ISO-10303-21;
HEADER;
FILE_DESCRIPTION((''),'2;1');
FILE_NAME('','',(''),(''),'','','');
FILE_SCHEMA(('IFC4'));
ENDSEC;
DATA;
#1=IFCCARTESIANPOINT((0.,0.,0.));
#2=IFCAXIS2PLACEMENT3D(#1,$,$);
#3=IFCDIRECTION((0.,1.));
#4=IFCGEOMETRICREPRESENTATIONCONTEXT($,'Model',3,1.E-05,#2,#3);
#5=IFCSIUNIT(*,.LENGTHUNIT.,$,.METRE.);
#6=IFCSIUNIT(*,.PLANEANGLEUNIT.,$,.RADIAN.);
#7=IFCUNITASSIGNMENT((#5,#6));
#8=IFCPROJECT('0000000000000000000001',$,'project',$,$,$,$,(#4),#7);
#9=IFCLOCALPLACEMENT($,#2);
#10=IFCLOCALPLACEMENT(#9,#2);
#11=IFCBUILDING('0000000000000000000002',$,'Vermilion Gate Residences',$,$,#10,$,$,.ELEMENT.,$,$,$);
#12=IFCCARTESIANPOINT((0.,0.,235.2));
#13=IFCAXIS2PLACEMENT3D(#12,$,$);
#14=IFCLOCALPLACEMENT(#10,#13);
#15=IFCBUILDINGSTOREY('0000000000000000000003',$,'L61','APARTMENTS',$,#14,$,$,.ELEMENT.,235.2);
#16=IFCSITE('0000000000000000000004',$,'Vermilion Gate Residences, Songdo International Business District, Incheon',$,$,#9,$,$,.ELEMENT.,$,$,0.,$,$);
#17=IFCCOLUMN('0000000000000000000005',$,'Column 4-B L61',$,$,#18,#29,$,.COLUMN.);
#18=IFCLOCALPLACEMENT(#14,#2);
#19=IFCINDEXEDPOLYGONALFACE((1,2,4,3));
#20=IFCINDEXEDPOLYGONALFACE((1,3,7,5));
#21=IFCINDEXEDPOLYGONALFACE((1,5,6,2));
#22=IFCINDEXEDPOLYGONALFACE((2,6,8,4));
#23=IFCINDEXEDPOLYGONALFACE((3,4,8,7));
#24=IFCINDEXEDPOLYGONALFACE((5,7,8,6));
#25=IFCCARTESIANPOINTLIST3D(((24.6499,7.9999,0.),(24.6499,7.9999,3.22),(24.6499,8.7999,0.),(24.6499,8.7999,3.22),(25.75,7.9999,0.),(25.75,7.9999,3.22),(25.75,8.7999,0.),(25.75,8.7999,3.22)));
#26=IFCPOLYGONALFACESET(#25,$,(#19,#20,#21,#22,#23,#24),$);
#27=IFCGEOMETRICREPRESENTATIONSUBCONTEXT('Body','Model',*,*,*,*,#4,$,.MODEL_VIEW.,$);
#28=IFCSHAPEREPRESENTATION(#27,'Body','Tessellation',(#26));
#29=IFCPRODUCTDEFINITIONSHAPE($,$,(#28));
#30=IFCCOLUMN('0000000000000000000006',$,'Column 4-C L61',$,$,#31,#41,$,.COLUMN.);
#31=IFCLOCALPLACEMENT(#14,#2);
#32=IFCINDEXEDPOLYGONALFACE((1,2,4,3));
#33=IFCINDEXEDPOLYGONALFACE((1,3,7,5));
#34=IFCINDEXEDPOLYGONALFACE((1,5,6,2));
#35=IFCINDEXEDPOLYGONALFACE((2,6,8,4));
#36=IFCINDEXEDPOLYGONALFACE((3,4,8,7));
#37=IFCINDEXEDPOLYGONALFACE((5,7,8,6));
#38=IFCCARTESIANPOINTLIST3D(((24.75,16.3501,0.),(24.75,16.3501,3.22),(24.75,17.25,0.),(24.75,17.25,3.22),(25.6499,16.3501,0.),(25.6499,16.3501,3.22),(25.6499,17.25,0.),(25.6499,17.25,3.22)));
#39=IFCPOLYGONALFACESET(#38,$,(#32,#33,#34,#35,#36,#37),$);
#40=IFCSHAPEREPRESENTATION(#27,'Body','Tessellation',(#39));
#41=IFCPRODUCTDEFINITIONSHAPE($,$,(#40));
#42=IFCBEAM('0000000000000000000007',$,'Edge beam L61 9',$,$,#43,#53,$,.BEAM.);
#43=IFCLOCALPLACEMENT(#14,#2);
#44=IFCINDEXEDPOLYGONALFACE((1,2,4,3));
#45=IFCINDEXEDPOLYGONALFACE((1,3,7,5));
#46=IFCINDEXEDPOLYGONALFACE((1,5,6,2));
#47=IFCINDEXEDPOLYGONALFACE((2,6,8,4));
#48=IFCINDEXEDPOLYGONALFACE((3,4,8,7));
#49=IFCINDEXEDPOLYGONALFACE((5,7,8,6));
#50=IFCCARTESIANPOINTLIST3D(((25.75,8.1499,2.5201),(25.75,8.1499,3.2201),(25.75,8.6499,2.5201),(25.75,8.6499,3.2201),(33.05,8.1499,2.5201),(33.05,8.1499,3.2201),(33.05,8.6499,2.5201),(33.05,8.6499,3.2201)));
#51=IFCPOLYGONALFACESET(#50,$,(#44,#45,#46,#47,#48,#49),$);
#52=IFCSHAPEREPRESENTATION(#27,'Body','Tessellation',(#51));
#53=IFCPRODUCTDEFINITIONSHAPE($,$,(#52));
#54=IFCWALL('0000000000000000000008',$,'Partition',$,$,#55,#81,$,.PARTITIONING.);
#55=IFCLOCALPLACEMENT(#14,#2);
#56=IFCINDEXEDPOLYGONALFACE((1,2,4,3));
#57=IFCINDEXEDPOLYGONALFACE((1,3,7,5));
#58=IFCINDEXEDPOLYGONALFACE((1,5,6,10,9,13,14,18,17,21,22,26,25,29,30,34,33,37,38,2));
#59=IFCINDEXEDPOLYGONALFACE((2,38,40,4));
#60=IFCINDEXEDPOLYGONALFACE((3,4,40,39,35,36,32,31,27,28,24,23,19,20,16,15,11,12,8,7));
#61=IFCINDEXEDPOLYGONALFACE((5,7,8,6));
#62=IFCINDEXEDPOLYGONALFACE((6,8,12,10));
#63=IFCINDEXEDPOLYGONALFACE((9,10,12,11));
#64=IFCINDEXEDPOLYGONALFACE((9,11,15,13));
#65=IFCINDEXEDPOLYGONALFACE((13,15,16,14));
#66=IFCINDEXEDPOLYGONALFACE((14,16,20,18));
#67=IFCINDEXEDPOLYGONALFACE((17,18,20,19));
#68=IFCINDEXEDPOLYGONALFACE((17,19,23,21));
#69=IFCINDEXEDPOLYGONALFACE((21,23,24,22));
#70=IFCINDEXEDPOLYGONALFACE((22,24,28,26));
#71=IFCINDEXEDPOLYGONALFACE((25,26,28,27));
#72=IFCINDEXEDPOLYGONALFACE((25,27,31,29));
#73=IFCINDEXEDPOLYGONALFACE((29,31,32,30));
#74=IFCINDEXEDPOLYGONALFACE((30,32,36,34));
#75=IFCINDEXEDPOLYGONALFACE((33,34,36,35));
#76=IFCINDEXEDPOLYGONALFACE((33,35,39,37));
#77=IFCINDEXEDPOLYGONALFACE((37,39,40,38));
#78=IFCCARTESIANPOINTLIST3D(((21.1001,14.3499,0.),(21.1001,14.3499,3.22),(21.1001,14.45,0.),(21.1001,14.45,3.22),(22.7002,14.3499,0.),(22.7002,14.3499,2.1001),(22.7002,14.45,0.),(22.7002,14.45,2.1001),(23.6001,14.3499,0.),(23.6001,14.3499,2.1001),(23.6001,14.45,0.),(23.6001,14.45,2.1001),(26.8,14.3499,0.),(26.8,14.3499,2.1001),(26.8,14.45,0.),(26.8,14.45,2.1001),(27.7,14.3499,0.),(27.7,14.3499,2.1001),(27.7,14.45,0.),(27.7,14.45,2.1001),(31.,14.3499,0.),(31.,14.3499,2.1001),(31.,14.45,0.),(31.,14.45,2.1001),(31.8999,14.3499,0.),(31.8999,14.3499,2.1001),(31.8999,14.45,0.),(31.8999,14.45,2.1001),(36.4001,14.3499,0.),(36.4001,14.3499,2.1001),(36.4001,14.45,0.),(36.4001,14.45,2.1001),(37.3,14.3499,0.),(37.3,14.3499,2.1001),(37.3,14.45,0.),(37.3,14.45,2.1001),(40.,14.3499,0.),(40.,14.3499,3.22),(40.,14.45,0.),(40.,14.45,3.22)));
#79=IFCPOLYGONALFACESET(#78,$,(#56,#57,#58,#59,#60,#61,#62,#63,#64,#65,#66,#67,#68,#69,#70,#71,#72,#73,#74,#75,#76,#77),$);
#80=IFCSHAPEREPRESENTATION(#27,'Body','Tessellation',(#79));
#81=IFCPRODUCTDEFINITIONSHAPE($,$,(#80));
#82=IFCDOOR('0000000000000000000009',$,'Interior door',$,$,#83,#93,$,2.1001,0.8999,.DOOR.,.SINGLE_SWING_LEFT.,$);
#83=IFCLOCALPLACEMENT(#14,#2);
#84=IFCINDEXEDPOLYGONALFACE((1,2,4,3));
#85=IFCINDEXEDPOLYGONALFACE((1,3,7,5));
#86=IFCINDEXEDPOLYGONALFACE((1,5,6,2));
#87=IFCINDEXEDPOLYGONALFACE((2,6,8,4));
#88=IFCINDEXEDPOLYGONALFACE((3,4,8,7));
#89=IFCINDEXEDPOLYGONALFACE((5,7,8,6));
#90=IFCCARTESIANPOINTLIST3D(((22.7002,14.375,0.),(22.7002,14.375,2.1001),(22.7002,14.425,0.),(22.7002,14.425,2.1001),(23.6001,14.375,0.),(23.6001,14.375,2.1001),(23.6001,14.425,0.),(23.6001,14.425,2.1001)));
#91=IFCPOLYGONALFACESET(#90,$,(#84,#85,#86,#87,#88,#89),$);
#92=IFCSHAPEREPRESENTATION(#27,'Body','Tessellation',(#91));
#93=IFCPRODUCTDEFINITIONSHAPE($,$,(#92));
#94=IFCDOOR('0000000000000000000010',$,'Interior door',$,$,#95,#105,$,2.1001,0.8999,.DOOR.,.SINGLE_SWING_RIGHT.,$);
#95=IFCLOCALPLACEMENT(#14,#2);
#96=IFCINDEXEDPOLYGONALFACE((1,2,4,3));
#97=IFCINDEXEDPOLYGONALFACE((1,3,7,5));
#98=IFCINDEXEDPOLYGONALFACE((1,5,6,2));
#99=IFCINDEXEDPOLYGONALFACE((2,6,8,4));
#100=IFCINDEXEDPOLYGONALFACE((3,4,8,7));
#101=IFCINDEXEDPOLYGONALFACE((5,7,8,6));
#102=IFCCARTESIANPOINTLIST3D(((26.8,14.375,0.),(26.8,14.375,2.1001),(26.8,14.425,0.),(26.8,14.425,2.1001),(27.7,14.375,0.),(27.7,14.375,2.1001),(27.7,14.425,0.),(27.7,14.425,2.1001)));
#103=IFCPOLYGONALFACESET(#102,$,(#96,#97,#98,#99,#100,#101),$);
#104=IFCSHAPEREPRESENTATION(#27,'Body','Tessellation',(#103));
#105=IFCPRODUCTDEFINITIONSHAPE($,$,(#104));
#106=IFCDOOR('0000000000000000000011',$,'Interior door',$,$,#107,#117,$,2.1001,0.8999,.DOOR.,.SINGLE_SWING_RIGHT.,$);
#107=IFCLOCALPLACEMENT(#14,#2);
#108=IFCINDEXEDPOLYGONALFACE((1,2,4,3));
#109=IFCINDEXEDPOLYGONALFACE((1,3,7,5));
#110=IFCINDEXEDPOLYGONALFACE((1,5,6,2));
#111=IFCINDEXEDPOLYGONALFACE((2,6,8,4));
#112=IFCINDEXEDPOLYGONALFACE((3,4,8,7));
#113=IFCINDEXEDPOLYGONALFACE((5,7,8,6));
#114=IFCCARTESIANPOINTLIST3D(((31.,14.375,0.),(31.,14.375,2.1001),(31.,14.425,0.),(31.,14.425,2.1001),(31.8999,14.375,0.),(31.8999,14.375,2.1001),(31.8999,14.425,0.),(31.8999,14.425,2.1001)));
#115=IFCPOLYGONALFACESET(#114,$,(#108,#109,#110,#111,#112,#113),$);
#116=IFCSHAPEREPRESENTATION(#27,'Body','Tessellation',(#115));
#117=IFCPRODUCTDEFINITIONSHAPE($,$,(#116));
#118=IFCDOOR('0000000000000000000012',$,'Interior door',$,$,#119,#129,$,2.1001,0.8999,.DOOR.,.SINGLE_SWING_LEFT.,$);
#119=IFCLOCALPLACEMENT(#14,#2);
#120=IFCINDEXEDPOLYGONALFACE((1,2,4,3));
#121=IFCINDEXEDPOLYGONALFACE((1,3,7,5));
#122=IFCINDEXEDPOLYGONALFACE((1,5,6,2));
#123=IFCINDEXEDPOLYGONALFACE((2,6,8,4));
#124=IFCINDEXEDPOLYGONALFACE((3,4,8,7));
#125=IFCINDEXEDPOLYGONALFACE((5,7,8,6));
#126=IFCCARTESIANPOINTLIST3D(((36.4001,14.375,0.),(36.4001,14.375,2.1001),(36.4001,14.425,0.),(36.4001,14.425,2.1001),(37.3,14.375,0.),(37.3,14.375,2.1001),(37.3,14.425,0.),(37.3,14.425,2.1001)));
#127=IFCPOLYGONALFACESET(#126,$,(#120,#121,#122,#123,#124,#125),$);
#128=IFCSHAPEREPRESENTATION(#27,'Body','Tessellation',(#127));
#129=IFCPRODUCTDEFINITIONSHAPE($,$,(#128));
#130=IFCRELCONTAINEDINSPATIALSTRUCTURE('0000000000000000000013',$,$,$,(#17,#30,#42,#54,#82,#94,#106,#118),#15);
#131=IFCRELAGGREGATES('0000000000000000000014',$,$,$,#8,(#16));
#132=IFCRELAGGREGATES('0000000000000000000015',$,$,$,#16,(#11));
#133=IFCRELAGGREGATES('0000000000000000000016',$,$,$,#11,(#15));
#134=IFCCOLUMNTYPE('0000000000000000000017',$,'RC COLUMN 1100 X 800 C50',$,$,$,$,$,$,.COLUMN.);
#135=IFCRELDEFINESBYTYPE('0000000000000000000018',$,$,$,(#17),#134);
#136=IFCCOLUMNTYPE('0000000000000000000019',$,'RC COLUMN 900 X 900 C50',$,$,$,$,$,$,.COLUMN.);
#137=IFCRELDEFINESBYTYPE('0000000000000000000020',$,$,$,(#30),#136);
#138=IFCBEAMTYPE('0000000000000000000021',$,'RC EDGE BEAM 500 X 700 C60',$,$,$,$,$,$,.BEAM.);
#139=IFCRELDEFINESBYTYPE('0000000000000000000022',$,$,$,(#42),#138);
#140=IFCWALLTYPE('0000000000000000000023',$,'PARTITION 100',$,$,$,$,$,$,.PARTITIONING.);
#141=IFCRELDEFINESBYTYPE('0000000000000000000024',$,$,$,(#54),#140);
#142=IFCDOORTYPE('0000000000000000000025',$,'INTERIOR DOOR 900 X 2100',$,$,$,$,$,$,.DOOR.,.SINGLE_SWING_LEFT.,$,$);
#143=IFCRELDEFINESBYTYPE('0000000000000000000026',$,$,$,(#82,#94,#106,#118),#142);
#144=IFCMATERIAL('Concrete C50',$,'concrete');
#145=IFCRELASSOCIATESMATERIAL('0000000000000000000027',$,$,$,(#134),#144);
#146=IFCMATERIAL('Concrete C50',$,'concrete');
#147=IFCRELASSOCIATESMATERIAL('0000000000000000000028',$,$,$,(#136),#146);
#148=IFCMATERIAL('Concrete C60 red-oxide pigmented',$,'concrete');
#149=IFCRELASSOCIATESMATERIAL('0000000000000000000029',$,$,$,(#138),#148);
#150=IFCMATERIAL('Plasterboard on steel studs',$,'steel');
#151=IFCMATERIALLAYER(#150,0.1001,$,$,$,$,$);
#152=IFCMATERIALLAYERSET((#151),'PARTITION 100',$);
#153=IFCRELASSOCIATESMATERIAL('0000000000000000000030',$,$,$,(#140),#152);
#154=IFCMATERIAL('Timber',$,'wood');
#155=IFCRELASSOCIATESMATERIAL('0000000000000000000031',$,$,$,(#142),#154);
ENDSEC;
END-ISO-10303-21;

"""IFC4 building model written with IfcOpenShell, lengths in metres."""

from ifc_helpers import new_model, si_unit, direction, frame, frame_2d, origin, origin_2d, place, context, subcontext, project, spatial, rectangle, extrude, material, layer, layer_set, material_profile, profile_set, type_object, element, fill, save


model = new_model("IFC4")

# Units and contexts
model_context = context("Model", 3, precision=1e-05, world=origin(), true_north=direction((0.0, 1.0)))
body_context = subcontext(model_context, "Body", "Model", "MODEL_VIEW")
ifc_project = project(units=[si_unit("LENGTHUNIT", "METRE"), si_unit("PLANEANGLEUNIT", "RADIAN")], contexts=[model_context])

# Site, building, storey
site_placement = place(None, origin())
site = spatial("IfcSite", under=ifc_project, at=site_placement, Name="Vermilion Gate Residences, Songdo International Business District, Incheon", CompositionType="ELEMENT", RefElevation=0.0)
building_placement = place(site_placement, origin())
building = spatial("IfcBuilding", under=site, at=building_placement, Name="Vermilion Gate Residences", CompositionType="ELEMENT")
storey_placement = place(building_placement, frame((0.0, 0.0, 235.2)))
storey = spatial("IfcBuildingStorey", under=building, at=storey_placement, Name="L61", Description="APARTMENTS", CompositionType="ELEMENT", Elevation=235.2)

# Columns
ifc_material_1 = material(Name="Concrete C50", Category="concrete")
ifc_material_profile_1 = material_profile(ifc_material_1, rectangle(XDim=1.1001, YDim=0.8, at=origin_2d()), Name="RC-1100x800")
ifc_profile_set_1 = profile_set([ifc_material_profile_1], Name="Concrete C50")
column_type_1 = type_object("IfcColumnType", Name="RC COLUMN 1100 X 800 C50", PredefinedType="COLUMN", material=ifc_profile_set_1)
column_1_placement = place(storey_placement, frame((25.2, 8.3999, 0.0), z_axis=(0.0, 0.0, 1.0), x_axis=(1.0, 0.0, 0.0)))
element("IfcColumn", 1, at=column_1_placement, inside=storey, type_object=column_type_1, Name="Column 4-B L61", PredefinedType="COLUMN", context=body_context, shape_type="SweptSolid", body=[
    extrude(rectangle(XDim=1.1001, YDim=0.8, at=origin_2d()), origin(), (0.0, 0.0, 1.0), 3.22),
])
ifc_material_2 = material(Name="Concrete C50", Category="concrete")
ifc_material_profile_2 = material_profile(ifc_material_2, rectangle(XDim=0.8999, YDim=0.8999, at=origin_2d()), Name="RC-900x900")
ifc_profile_set_2 = profile_set([ifc_material_profile_2], Name="Concrete C50")
column_type_2 = type_object("IfcColumnType", Name="RC COLUMN 900 X 900 C50", PredefinedType="COLUMN", material=ifc_profile_set_2)
column_2_placement = place(storey_placement, frame((25.2, 16.8, 0.0), z_axis=(0.0, 0.0, 1.0), x_axis=(1.0, 0.0, 0.0)))
element("IfcColumn", 2, at=column_2_placement, inside=storey, type_object=column_type_2, Name="Column 4-C L61", PredefinedType="COLUMN", context=body_context, shape_type="SweptSolid", body=[
    extrude(rectangle(XDim=0.8999, YDim=0.8999, at=origin_2d()), origin(), (0.0, 0.0, 1.0), 3.22),
])

# Beam
ifc_material_3 = material(Name="Concrete C60 red-oxide pigmented", Category="concrete")
ifc_material_profile_3 = material_profile(ifc_material_3, rectangle(XDim=0.5, YDim=0.7, at=origin_2d()), Name="RC-500x700")
ifc_profile_set_3 = profile_set([ifc_material_profile_3], Name="Concrete C60 red-oxide pigmented")
beam_type = type_object("IfcBeamType", Name="RC EDGE BEAM 500 X 700 C60", PredefinedType="BEAM", material=ifc_profile_set_3)
beam_placement = place(storey_placement, frame((25.75, 8.3999, 2.8701), z_axis=(1.0, 0.0, 0.0), x_axis=(0.0, 1.0, 0.0)))
element("IfcBeam", 3, at=beam_placement, inside=storey, type_object=beam_type, Name="Edge beam L61 9", PredefinedType="BEAM", context=body_context, shape_type="SweptSolid", body=[
    extrude(rectangle(XDim=0.5, YDim=0.7, at=origin_2d()), origin(), (0.0, 0.0, 1.0), 7.3),
])

# Wall, openings, doors
ifc_material_4 = material(Name="Plasterboard on steel studs", Category="steel")
ifc_layer_1 = layer(ifc_material_4, 0.1001)
ifc_layer_set_1 = layer_set([ifc_layer_1], Name="PARTITION 100")
wall_type_1 = type_object("IfcWallType", Name="PARTITION 100", PredefinedType="PARTITIONING", material=ifc_layer_set_1)
wall_1_placement = place(storey_placement, frame((21.1001, 14.3999, 0.0), z_axis=(0.0, 0.0, 1.0), x_axis=(1.0, 0.0, 0.0)))
wall_1 = element("IfcWall", 4, at=wall_1_placement, inside=storey, type_object=wall_type_1, Name="Partition", PredefinedType="PARTITIONING", context=body_context, shape_type="SweptSolid", body=[
    extrude(rectangle(XDim=18.8999, YDim=0.1001, at=frame_2d((9.45, 0.0))), origin(), (0.0, 0.0, 1.0), 3.22),
])
opening_1_placement = place(wall_1_placement, frame((1.6001, 0.0, 0.0)))
opening_1 = element("IfcOpeningElement", 5, at=opening_1_placement, cuts=wall_1, PredefinedType="OPENING", context=body_context, shape_type="SweptSolid", body=[
    extrude(rectangle(XDim=0.8999, YDim=2.1001, at=frame_2d((0.45, 1.05))), frame((0.0, 0.0601, 0.0), z_axis=(0.0, -1.0, 0.0), x_axis=(1.0, 0.0, 0.0)), (0.0, 0.0, 1.0), 0.1201),
])
opening_2_placement = place(wall_1_placement, frame((5.7, 0.0, 0.0)))
opening_2 = element("IfcOpeningElement", 6, at=opening_2_placement, cuts=wall_1, PredefinedType="OPENING", context=body_context, shape_type="SweptSolid", body=[
    extrude(rectangle(XDim=0.8999, YDim=2.1001, at=frame_2d((0.45, 1.05))), frame((0.0, 0.0601, 0.0), z_axis=(0.0, -1.0, 0.0), x_axis=(1.0, 0.0, 0.0)), (0.0, 0.0, 1.0), 0.1201),
])
opening_3_placement = place(wall_1_placement, frame((9.8999, 0.0, 0.0)))
opening_3 = element("IfcOpeningElement", 7, at=opening_3_placement, cuts=wall_1, PredefinedType="OPENING", context=body_context, shape_type="SweptSolid", body=[
    extrude(rectangle(XDim=0.8999, YDim=2.1001, at=frame_2d((0.45, 1.05))), frame((0.0, 0.0601, 0.0), z_axis=(0.0, -1.0, 0.0), x_axis=(1.0, 0.0, 0.0)), (0.0, 0.0, 1.0), 0.1201),
])
opening_4_placement = place(wall_1_placement, frame((15.3, 0.0, 0.0)))
opening_4 = element("IfcOpeningElement", 8, at=opening_4_placement, cuts=wall_1, PredefinedType="OPENING", context=body_context, shape_type="SweptSolid", body=[
    extrude(rectangle(XDim=0.8999, YDim=2.1001, at=frame_2d((0.45, 1.05))), frame((0.0, 0.0601, 0.0), z_axis=(0.0, -1.0, 0.0), x_axis=(1.0, 0.0, 0.0)), (0.0, 0.0, 1.0), 0.1201),
])
ifc_material_5 = material(Name="Timber", Category="wood")
door_type = type_object("IfcDoorType", Name="INTERIOR DOOR 900 X 2100", OperationType="SINGLE_SWING_LEFT", PredefinedType="DOOR", material=ifc_material_5)
door_1_placement = place(opening_1_placement, frame((0.8999, 0.0, 0.0), z_axis=(0.0, 0.0, 1.0), x_axis=(-1.0, 0.0, 0.0)))
door_1 = element("IfcDoor", 9, at=door_1_placement, inside=storey, type_object=door_type, Name="Interior door", OperationType="SINGLE_SWING_LEFT", OverallHeight=2.1001, OverallWidth=0.8999, PredefinedType="DOOR", context=body_context, shape_type="SweptSolid", body=[
    extrude(rectangle(XDim=0.8999, YDim=2.1001, at=frame_2d((0.45, 1.05))), frame((0.0, 0.0249, 0.0), z_axis=(0.0, -1.0, 0.0), x_axis=(1.0, 0.0, 0.0)), (0.0, 0.0, 1.0), 0.05),
])
fill(opening_1, door_1)
door_2_placement = place(opening_2_placement, frame((0.8999, 0.0, 0.0), z_axis=(0.0, 0.0, 1.0), x_axis=(-1.0, 0.0, 0.0)))
door_2 = element("IfcDoor", 10, at=door_2_placement, inside=storey, type_object=door_type, Name="Interior door", OperationType="SINGLE_SWING_RIGHT", OverallHeight=2.1001, OverallWidth=0.8999, PredefinedType="DOOR", context=body_context, shape_type="SweptSolid", body=[
    extrude(rectangle(XDim=0.8999, YDim=2.1001, at=frame_2d((0.45, 1.05))), frame((0.0, 0.0249, 0.0), z_axis=(0.0, -1.0, 0.0), x_axis=(1.0, 0.0, 0.0)), (0.0, 0.0, 1.0), 0.05),
])
fill(opening_2, door_2)
door_3_placement = place(opening_3_placement, frame((0.8999, 0.0, 0.0), z_axis=(0.0, 0.0, 1.0), x_axis=(-1.0, 0.0, 0.0)))
door_3 = element("IfcDoor", 11, at=door_3_placement, inside=storey, type_object=door_type, Name="Interior door", OperationType="SINGLE_SWING_RIGHT", OverallHeight=2.1001, OverallWidth=0.8999, PredefinedType="DOOR", context=body_context, shape_type="SweptSolid", body=[
    extrude(rectangle(XDim=0.8999, YDim=2.1001, at=frame_2d((0.45, 1.05))), frame((0.0, 0.0249, 0.0), z_axis=(0.0, -1.0, 0.0), x_axis=(1.0, 0.0, 0.0)), (0.0, 0.0, 1.0), 0.05),
])
fill(opening_3, door_3)
door_4_placement = place(opening_4_placement, frame((0.8999, 0.0, 0.0), z_axis=(0.0, 0.0, 1.0), x_axis=(-1.0, 0.0, 0.0)))
door_4 = element("IfcDoor", 12, at=door_4_placement, inside=storey, type_object=door_type, Name="Interior door", OperationType="SINGLE_SWING_LEFT", OverallHeight=2.1001, OverallWidth=0.8999, PredefinedType="DOOR", context=body_context, shape_type="SweptSolid", body=[
    extrude(rectangle(XDim=0.8999, YDim=2.1001, at=frame_2d((0.45, 1.05))), frame((0.0, 0.0249, 0.0), z_axis=(0.0, -1.0, 0.0), x_axis=(1.0, 0.0, 0.0)), (0.0, 0.0, 1.0), 0.05),
])
fill(opening_4, door_4)

save(model, "model.ifc")
